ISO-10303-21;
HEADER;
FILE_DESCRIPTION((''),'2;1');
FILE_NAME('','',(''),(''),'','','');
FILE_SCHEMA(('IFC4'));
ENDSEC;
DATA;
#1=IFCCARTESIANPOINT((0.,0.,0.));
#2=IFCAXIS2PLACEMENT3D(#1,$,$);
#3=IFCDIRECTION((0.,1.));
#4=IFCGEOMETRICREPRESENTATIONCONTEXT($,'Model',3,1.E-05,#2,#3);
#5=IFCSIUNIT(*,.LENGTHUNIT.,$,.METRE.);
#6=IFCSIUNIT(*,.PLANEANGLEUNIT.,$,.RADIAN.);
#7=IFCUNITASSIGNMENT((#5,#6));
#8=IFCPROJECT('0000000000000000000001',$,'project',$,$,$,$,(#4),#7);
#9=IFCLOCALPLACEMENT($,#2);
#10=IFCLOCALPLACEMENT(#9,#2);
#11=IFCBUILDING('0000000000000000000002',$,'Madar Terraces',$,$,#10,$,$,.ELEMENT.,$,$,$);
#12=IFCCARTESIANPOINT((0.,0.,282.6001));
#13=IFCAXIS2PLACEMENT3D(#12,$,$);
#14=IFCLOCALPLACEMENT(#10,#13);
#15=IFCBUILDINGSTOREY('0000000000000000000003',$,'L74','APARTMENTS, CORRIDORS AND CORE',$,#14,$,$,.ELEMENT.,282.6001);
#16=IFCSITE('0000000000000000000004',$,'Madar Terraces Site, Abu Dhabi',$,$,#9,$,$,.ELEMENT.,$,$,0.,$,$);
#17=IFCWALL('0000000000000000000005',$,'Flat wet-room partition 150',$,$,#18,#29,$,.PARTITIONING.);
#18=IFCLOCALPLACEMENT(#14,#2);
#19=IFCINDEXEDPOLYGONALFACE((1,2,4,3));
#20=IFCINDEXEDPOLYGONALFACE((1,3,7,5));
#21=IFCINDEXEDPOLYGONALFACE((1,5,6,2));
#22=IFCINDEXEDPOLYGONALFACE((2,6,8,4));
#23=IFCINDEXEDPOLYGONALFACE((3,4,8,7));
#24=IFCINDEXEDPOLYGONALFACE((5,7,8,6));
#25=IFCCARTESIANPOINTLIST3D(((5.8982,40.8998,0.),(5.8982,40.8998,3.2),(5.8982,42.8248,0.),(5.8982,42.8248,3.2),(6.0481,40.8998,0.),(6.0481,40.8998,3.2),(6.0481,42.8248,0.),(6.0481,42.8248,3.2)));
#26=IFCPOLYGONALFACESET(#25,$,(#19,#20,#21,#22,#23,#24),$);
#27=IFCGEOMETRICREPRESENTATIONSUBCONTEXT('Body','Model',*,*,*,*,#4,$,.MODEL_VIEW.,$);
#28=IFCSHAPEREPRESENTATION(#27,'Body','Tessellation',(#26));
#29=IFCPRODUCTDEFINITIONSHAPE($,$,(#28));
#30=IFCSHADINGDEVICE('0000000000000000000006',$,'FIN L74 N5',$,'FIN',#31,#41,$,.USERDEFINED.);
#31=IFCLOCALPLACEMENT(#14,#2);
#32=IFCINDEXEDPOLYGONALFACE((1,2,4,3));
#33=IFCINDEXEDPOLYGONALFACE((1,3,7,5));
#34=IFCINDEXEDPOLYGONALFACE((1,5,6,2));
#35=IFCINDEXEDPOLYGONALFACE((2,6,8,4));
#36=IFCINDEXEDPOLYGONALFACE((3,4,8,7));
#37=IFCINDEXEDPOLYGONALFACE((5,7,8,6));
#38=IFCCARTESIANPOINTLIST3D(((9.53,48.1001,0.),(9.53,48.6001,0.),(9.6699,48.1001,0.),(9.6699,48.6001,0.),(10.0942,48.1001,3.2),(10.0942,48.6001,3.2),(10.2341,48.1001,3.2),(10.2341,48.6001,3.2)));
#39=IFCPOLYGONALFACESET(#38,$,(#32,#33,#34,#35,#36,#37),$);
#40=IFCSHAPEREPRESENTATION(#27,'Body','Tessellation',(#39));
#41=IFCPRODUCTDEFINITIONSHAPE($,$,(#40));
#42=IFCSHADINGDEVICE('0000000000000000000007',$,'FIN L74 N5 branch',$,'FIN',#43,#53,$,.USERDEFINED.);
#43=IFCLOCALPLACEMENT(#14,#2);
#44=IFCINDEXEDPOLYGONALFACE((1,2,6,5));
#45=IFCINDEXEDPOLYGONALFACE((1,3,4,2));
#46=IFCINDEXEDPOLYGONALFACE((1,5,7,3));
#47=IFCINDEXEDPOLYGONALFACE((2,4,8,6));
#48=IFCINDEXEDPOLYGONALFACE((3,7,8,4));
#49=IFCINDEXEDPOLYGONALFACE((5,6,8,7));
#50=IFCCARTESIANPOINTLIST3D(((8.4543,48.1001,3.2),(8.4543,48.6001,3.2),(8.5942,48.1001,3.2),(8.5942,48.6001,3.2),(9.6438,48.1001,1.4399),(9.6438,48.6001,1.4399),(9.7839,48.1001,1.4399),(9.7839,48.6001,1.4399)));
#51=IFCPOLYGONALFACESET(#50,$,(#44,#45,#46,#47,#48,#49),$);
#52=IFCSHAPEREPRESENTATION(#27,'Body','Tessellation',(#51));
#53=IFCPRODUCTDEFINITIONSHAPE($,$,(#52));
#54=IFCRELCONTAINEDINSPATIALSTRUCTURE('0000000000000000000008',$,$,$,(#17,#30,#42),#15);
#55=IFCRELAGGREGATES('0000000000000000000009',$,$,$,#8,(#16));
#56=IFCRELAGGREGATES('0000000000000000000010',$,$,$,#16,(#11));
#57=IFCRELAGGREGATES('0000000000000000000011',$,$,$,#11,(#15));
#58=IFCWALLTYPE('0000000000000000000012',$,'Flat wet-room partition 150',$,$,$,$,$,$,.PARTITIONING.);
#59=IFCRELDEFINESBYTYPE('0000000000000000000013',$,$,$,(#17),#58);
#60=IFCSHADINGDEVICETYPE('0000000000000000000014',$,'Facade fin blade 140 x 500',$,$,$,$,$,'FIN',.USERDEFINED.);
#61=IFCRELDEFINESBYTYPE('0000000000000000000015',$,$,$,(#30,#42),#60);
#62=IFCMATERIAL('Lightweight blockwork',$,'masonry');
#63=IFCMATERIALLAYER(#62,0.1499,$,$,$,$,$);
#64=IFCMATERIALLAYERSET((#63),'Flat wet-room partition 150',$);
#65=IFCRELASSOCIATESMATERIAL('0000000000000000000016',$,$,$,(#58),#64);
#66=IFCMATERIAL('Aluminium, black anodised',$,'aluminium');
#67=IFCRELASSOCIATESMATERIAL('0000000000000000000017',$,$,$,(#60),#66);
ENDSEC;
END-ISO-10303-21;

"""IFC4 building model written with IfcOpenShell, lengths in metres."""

from ifc_helpers import new_model, si_unit, direction, frame, frame_2d, origin, place, context, subcontext, project, spatial, polyline, rectangle, outline, extrude, material, layer, layer_set, type_object, element, save


model = new_model("IFC4")

# Units and contexts
model_context = context("Model", 3, precision=1e-05, world=origin(), true_north=direction((0.0, 1.0)))
body_context = subcontext(model_context, "Body", "Model", "MODEL_VIEW")
ifc_project = project(units=[si_unit("LENGTHUNIT", "METRE"), si_unit("PLANEANGLEUNIT", "RADIAN")], contexts=[model_context])

# Site, building, storey
site_placement = place(None, origin())
site = spatial("IfcSite", under=ifc_project, at=site_placement, Name="Madar Terraces Site, Abu Dhabi", CompositionType="ELEMENT", RefElevation=0.0)
building_placement = place(site_placement, origin())
building = spatial("IfcBuilding", under=site, at=building_placement, Name="Madar Terraces", CompositionType="ELEMENT")
storey_placement = place(building_placement, frame((0.0, 0.0, 282.6001)))
storey = spatial("IfcBuildingStorey", under=building, at=storey_placement, Name="L74", Description="APARTMENTS, CORRIDORS AND CORE", CompositionType="ELEMENT", Elevation=282.6001)

# Wall
ifc_material_1 = material(Name="Lightweight blockwork", Category="masonry")
ifc_layer_1 = layer(ifc_material_1, 0.1499)
ifc_layer_set_1 = layer_set([ifc_layer_1], Name="Flat wet-room partition 150")
wall_type_1 = type_object("IfcWallType", Name="Flat wet-room partition 150", PredefinedType="PARTITIONING", material=ifc_layer_set_1)
wall_1_placement = place(storey_placement, frame((5.9731, 40.8999, 0.0), z_axis=(0.0, 0.0, 1.0), x_axis=(0.0, 1.0, 0.0)))
element("IfcWall", 1, at=wall_1_placement, inside=storey, type_object=wall_type_1, Name="Flat wet-room partition 150", PredefinedType="PARTITIONING", context=body_context, shape_type="SweptSolid", body=[
    extrude(rectangle(XDim=1.925, YDim=0.1499, at=frame_2d((0.9624, 0.0))), origin(), (0.0, 0.0, 1.0), 3.2),
])

# Shading devices
ifc_material_2 = material(Name="Aluminium, black anodised", Category="aluminium")
shading_device_type = type_object("IfcShadingDeviceType", Name="Facade fin blade 140 x 500", ElementType="FIN", PredefinedType="USERDEFINED", material=ifc_material_2)
shading_device_1_placement = place(storey_placement, frame((9.6699, 48.3501, 0.0), z_axis=(0.0, 0.0, 1.0), x_axis=(-1.0, 0.0, 0.0)))
element("IfcShadingDevice", 2, at=shading_device_1_placement, inside=storey, type_object=shading_device_type, Name="FIN L74 N5", ObjectType="FIN", PredefinedType="USERDEFINED", context=body_context, shape_type="SweptSolid", body=[
    extrude(outline(polyline([(0.0, 0.0), (0.1399, 0.0), (-0.4243, 3.2), (-0.5642, 3.2), (0.0, 0.0)])), frame((0.0, 0.25, 0.0), z_axis=(0.0, -1.0, 0.0), x_axis=(1.0, 0.0, 0.0)), (0.0, 0.0, 1.0), 0.5),
])
shading_device_2_placement = place(storey_placement, frame((9.7839, 48.3501, 1.4399), z_axis=(0.0, 0.0, 1.0), x_axis=(-1.0, 0.0, 0.0)))
element("IfcShadingDevice", 3, at=shading_device_2_placement, inside=storey, type_object=shading_device_type, Name="FIN L74 N5 branch", ObjectType="FIN", PredefinedType="USERDEFINED", context=body_context, shape_type="SweptSolid", body=[
    extrude(outline(polyline([(0.0, 0.0), (0.1401, 0.0), (1.3296, 1.76), (1.1897, 1.76), (0.0, 0.0)])), frame((0.0, 0.25, 0.0), z_axis=(0.0, -1.0, 0.0), x_axis=(1.0, 0.0, 0.0)), (0.0, 0.0, 1.0), 0.5),
])

save(model, "model.ifc")
